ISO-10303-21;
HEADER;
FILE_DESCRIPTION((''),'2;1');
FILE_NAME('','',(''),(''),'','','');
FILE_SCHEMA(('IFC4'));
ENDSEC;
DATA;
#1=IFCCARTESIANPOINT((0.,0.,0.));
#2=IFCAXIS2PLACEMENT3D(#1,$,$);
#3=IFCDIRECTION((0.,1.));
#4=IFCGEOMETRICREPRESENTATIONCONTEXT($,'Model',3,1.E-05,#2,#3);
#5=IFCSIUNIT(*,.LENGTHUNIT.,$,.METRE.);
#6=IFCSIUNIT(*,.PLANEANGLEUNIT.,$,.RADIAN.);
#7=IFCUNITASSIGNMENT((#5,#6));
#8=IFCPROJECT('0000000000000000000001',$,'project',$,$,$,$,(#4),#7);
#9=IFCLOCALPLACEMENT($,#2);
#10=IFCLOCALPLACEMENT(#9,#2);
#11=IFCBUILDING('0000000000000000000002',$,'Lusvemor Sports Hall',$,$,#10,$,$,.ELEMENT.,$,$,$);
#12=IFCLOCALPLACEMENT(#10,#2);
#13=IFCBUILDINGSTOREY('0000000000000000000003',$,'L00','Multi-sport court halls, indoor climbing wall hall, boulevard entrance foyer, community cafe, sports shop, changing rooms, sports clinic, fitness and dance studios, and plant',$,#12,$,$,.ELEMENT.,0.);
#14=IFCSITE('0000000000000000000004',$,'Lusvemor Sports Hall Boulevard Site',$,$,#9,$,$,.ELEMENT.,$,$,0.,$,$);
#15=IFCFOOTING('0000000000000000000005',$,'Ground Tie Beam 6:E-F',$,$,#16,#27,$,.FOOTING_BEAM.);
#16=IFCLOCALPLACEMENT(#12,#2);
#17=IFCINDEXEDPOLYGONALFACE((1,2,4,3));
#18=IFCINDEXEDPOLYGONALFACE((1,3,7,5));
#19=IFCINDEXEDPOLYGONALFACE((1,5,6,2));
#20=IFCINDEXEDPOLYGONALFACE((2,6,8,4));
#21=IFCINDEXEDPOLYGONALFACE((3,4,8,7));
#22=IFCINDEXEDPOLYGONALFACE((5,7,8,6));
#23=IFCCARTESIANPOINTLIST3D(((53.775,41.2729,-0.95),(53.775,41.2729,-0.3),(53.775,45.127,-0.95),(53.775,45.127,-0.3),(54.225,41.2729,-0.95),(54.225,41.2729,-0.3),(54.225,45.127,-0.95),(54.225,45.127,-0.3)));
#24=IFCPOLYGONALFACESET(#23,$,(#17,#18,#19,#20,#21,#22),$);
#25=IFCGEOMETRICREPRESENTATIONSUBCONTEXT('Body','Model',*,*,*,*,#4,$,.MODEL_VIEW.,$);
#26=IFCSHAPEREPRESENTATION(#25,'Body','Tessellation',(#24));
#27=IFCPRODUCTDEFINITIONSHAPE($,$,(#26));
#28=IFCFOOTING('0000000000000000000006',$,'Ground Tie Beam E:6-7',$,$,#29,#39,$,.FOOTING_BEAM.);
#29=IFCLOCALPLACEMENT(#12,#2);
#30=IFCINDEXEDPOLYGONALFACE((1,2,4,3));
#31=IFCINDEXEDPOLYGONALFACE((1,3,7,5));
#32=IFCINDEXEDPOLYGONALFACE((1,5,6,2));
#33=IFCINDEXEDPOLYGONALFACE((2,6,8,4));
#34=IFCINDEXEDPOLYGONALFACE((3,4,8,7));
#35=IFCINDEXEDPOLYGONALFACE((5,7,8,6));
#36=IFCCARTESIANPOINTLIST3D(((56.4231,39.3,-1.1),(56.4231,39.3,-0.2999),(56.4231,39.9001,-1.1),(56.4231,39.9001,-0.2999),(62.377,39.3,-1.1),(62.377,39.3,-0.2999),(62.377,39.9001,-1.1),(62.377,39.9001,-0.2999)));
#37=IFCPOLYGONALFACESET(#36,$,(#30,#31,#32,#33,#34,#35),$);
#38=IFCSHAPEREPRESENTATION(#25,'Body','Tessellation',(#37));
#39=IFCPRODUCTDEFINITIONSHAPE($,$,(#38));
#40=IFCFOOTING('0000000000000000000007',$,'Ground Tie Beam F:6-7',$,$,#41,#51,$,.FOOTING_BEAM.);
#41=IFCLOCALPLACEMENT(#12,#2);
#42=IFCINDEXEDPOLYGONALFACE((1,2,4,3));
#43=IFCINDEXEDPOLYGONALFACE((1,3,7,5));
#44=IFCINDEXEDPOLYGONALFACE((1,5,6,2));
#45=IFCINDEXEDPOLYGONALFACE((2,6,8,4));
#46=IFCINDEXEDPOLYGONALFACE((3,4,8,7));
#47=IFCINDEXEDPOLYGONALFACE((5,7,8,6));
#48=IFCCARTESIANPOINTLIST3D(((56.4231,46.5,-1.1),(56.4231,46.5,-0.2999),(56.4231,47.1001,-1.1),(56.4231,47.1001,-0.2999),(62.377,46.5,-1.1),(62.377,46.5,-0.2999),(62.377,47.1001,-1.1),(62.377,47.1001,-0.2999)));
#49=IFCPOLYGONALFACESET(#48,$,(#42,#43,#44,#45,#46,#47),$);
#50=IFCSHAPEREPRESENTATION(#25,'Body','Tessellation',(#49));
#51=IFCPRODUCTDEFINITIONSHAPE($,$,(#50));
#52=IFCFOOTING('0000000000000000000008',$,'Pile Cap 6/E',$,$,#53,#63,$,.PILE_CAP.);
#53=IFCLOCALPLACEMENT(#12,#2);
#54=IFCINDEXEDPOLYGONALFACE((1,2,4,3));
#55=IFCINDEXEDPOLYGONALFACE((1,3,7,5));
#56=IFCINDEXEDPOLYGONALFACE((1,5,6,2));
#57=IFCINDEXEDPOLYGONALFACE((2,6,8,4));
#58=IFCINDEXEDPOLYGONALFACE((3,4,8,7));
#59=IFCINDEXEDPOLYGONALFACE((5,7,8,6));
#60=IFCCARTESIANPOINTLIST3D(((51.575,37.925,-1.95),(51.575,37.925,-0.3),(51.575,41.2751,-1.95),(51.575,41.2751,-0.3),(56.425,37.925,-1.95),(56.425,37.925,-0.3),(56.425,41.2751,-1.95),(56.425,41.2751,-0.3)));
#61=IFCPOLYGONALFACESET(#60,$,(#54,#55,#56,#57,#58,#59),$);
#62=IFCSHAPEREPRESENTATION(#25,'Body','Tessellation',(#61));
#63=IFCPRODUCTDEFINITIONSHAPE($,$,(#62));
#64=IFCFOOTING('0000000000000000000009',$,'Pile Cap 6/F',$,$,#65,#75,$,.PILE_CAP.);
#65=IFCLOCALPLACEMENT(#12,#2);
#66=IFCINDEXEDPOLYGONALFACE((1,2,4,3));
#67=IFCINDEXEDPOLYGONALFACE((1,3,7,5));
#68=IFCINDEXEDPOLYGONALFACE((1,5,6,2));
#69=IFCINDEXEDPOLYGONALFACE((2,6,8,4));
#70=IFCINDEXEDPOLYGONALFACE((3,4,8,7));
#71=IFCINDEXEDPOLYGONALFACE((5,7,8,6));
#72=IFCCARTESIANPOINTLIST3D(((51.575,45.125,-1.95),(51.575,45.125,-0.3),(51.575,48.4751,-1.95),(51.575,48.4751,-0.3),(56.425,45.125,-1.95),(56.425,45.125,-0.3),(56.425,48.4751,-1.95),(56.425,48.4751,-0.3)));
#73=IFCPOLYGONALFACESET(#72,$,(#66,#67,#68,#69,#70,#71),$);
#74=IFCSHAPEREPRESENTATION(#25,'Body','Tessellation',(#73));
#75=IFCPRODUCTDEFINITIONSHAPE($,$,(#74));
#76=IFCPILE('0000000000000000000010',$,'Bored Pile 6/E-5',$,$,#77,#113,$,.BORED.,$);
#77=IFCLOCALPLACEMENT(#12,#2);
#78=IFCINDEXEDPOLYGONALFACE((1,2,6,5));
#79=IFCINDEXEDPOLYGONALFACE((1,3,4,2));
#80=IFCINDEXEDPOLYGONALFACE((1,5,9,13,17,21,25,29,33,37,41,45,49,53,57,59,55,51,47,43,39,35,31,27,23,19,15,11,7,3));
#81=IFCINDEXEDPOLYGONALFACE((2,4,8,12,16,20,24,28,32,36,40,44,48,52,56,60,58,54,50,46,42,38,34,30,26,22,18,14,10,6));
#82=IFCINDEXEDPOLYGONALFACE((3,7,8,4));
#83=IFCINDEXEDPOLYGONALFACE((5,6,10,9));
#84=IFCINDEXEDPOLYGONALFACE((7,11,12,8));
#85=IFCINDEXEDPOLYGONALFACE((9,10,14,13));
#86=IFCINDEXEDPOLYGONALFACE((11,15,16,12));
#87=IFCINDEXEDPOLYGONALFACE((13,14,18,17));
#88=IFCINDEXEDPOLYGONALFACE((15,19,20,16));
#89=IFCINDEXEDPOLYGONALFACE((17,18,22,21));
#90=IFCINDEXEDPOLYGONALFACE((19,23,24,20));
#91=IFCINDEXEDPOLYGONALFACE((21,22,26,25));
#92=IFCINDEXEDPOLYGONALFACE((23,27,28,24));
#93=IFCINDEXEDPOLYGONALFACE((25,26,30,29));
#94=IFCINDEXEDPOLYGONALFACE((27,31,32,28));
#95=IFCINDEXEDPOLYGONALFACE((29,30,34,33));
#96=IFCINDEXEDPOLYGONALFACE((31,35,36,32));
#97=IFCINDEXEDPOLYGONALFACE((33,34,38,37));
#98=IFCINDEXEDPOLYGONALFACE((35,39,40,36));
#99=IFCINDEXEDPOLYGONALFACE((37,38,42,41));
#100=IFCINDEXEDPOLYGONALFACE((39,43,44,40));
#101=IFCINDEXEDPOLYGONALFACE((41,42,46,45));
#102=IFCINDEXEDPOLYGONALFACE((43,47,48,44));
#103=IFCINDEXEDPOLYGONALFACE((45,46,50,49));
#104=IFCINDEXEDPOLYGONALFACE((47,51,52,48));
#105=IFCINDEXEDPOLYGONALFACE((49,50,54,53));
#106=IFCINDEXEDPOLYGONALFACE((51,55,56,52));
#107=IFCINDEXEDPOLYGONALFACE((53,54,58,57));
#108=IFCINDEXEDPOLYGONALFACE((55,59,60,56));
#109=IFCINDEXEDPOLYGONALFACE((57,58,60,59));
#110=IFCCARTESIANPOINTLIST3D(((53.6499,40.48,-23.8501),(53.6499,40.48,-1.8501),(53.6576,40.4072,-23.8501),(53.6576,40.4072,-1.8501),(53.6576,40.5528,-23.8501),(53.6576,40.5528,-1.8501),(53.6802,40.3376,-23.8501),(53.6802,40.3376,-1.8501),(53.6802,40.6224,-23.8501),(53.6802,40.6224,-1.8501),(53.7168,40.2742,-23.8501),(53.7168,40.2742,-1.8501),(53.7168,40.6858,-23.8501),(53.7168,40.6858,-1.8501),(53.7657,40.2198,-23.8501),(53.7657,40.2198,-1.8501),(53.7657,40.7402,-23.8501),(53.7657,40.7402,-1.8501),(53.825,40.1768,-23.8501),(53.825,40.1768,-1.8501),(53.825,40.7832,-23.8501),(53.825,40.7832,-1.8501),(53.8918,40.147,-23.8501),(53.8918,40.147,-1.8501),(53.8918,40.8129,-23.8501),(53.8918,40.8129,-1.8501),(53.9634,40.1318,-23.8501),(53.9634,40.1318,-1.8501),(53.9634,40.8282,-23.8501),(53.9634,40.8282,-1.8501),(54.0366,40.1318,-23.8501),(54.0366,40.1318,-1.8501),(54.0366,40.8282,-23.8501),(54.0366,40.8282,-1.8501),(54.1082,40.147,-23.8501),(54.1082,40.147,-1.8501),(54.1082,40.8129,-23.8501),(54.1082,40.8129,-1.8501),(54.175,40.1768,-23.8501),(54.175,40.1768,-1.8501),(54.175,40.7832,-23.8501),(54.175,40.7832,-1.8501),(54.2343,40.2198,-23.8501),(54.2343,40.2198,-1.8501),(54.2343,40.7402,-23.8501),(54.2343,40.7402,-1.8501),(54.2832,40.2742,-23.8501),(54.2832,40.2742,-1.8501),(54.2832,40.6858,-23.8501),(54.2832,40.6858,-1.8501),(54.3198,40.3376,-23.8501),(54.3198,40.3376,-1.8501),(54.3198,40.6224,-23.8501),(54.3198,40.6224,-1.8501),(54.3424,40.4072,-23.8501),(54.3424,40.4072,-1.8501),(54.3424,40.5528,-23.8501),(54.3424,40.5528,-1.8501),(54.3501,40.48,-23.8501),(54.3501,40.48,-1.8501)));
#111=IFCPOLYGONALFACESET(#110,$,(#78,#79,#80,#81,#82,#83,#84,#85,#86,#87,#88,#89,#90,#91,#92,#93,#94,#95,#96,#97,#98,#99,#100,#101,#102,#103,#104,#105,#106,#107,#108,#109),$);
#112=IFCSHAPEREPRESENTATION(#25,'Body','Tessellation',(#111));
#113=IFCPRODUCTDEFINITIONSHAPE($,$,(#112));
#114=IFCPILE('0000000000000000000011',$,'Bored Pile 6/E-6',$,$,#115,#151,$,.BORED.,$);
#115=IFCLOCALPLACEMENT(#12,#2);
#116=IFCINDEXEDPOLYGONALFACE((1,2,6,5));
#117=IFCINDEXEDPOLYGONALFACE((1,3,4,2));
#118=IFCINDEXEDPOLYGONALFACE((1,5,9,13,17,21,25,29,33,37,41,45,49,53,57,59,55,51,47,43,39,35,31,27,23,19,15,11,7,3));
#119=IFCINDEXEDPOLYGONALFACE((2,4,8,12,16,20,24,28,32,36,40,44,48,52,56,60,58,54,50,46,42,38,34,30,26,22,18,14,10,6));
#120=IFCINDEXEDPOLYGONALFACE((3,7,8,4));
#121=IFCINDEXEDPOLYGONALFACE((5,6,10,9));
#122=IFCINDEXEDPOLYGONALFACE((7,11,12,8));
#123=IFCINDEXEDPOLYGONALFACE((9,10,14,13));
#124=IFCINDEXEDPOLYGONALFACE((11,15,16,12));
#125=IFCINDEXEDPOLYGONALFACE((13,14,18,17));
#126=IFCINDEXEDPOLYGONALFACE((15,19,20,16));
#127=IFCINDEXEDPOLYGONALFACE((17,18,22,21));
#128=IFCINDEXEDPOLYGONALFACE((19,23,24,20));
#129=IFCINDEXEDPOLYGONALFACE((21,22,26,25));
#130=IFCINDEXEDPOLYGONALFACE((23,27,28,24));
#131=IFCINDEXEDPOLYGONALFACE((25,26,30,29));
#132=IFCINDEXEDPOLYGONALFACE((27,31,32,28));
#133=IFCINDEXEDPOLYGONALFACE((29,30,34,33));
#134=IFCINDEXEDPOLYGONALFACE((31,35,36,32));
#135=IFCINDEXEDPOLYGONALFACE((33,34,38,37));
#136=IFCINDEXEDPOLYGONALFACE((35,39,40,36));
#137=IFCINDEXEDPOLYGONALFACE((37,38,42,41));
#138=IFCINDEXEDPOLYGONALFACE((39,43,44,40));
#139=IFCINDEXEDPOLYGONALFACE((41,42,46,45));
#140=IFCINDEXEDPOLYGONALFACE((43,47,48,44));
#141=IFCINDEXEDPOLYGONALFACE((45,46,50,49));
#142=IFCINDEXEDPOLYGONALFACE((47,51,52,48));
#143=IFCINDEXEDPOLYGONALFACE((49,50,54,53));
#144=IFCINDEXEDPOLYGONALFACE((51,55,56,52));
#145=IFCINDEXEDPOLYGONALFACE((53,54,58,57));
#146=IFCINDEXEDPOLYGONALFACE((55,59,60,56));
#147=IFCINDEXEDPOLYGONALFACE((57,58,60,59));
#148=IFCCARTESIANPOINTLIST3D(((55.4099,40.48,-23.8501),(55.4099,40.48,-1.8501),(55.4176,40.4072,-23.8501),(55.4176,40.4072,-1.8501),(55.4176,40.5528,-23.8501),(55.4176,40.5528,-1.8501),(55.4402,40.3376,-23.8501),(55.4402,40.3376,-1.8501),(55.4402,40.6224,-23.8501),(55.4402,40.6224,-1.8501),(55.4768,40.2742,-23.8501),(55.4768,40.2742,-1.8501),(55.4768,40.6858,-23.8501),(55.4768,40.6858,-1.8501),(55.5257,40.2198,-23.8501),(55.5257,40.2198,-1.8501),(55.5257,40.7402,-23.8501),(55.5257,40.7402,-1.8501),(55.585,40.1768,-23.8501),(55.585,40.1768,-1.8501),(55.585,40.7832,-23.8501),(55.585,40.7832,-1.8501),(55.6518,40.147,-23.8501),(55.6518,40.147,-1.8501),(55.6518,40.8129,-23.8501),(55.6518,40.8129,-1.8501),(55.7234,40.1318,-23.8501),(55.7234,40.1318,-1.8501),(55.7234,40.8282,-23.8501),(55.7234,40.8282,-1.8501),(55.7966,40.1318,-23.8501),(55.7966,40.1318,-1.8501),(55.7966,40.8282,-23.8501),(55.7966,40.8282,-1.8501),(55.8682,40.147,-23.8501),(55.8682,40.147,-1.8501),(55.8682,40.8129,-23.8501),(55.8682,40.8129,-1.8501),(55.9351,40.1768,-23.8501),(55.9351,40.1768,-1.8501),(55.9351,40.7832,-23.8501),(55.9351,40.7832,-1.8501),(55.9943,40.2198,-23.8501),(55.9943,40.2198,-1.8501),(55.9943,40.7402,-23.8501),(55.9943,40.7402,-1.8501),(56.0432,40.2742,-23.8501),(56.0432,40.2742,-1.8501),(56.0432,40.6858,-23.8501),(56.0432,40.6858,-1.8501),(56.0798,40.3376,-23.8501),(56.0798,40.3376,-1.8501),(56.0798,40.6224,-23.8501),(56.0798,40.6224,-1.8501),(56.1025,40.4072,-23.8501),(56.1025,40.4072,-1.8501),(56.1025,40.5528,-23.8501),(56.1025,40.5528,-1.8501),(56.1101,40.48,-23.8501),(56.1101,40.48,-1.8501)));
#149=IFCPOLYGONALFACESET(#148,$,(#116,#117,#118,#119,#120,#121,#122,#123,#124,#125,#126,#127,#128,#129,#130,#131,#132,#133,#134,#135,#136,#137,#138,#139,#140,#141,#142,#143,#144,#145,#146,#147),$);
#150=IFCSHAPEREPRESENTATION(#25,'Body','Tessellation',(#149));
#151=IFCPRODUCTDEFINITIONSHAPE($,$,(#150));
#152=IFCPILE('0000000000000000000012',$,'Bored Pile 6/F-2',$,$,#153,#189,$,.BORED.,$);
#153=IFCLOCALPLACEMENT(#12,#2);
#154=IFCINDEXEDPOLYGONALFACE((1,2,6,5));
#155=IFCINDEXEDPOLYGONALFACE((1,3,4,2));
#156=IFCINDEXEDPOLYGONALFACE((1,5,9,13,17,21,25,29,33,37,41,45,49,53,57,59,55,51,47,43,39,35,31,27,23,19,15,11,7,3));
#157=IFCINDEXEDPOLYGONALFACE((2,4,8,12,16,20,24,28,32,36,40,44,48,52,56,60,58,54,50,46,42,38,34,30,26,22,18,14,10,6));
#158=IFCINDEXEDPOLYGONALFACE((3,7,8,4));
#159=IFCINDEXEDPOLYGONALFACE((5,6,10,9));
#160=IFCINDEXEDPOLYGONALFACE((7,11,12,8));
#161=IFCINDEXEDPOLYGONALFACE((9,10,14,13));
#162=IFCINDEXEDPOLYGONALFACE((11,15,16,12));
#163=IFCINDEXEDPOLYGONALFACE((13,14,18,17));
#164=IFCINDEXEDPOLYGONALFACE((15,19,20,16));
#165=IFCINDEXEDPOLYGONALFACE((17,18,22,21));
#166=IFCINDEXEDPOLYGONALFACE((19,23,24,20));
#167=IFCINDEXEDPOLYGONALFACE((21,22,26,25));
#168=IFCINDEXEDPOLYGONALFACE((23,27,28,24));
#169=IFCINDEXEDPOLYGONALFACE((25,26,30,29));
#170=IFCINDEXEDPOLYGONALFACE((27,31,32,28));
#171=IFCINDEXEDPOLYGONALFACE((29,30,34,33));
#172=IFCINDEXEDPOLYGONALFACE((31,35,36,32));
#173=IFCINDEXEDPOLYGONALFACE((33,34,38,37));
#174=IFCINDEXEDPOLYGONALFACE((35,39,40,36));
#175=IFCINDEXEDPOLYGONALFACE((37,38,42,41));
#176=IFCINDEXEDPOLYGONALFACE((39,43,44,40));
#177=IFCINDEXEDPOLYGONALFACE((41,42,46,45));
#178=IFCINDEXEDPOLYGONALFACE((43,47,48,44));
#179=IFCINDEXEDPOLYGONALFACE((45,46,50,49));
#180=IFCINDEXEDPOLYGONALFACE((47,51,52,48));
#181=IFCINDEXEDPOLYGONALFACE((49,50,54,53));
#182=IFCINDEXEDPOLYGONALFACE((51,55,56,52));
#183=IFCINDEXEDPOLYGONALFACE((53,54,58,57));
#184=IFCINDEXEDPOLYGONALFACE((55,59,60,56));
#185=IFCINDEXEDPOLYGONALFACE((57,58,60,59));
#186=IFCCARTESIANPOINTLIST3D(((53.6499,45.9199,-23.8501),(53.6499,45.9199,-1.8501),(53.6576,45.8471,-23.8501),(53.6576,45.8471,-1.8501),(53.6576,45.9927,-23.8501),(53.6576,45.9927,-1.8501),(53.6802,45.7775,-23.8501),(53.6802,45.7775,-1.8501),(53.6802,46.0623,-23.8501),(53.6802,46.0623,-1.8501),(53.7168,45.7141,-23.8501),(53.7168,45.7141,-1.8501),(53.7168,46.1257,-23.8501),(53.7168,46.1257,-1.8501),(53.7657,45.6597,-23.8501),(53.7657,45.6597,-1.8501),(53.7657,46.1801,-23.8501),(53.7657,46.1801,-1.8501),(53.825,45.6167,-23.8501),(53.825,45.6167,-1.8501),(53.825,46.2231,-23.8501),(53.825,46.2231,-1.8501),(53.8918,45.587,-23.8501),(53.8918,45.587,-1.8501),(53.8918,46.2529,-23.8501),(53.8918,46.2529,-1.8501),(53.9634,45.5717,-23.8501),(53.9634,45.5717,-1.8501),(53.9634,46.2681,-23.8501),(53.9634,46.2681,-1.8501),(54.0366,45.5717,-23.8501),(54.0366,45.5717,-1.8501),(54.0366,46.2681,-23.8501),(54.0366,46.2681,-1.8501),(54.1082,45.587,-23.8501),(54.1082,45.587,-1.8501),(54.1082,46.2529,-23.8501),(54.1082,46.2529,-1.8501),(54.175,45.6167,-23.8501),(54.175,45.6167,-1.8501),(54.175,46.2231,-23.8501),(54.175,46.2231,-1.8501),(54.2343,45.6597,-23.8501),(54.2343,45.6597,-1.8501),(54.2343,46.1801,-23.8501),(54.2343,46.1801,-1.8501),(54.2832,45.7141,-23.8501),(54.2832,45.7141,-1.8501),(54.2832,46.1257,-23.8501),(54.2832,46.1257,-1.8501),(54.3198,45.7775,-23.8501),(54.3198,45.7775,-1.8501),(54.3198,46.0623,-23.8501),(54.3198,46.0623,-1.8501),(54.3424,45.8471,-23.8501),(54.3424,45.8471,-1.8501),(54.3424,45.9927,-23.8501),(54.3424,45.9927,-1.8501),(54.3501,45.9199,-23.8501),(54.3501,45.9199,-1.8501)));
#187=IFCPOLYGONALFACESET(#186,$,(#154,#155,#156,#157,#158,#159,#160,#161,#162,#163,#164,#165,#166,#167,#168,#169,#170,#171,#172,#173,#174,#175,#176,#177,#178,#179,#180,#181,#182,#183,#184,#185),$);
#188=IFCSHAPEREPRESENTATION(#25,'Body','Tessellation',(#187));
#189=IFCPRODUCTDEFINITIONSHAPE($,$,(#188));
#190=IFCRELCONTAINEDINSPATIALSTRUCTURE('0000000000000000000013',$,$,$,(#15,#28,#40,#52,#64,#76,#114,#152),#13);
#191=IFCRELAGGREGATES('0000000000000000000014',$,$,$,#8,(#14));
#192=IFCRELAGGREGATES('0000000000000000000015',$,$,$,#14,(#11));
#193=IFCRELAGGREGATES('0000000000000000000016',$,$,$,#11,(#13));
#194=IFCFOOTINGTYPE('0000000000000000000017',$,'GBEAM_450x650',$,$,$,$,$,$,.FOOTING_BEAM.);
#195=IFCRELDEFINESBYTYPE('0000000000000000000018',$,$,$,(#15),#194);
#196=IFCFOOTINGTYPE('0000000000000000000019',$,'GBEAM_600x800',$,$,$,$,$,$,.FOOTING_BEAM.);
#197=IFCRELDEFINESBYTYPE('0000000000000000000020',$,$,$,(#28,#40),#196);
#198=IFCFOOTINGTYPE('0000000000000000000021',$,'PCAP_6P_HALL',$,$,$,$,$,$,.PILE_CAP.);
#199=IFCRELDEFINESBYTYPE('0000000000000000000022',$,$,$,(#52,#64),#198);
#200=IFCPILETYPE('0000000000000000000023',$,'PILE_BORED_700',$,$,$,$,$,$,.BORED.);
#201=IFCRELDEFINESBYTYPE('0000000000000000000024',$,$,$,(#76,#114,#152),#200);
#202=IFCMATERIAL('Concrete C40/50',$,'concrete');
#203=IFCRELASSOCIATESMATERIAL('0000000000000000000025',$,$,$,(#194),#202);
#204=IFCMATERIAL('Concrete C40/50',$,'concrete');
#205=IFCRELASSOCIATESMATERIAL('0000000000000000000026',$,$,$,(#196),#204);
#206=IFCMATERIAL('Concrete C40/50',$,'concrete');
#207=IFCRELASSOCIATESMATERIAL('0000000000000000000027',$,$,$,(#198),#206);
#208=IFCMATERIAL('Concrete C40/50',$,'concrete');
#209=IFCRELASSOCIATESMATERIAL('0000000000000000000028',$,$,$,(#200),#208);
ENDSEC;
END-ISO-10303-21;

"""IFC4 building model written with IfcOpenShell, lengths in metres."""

from ifc_helpers import new_model, si_unit, direction, frame, origin, origin_2d, place, context, subcontext, project, spatial, rectangle, circle, extrude, material, material_profile, profile_set, type_object, element, save


model = new_model("IFC4")

# Units and contexts
model_context = context("Model", 3, precision=1e-05, world=origin(), true_north=direction((0.0, 1.0)))
body_context = subcontext(model_context, "Body", "Model", "MODEL_VIEW")
ifc_project = project(units=[si_unit("LENGTHUNIT", "METRE"), si_unit("PLANEANGLEUNIT", "RADIAN")], contexts=[model_context])

# Site, building, storey
site_placement = place(None, origin())
site = spatial("IfcSite", under=ifc_project, at=site_placement, Name="Lusvemor Sports Hall Boulevard Site", CompositionType="ELEMENT", RefElevation=0.0)
building_placement = place(site_placement, origin())
building = spatial("IfcBuilding", under=site, at=building_placement, Name="Lusvemor Sports Hall", CompositionType="ELEMENT")
storey_placement = place(building_placement, origin())
storey = spatial("IfcBuildingStorey", under=building, at=storey_placement, Name="L00", Description="Multi-sport court halls, indoor climbing wall hall, boulevard entrance foyer, community cafe, sports shop, changing rooms, sports clinic, fitness and dance studios, and plant", CompositionType="ELEMENT", Elevation=0.0)

# Footings
ifc_material_1 = material(Name="Concrete C40/50", Category="concrete")
ifc_material_profile_1 = material_profile(ifc_material_1, rectangle(XDim=0.45, YDim=0.6499, at=origin_2d()), Name="GB_450x650")
ifc_profile_set_1 = profile_set([ifc_material_profile_1], Name="Concrete C40/50")
footing_type_1 = type_object("IfcFootingType", Name="GBEAM_450x650", PredefinedType="FOOTING_BEAM", material=ifc_profile_set_1)
footing_placement = place(storey_placement, frame((54.0, 41.2729, -0.625), z_axis=(0.0, 1.0, 0.0), x_axis=(-1.0, 0.0, 0.0)))
element("IfcFooting", 1, at=footing_placement, inside=storey, type_object=footing_type_1, Name="Ground Tie Beam 6:E-F", PredefinedType="FOOTING_BEAM", context=body_context, shape_type="SweptSolid", body=[
    extrude(rectangle(XDim=0.45, YDim=0.6499, at=origin_2d()), origin(), (0.0, 0.0, 1.0), 3.854),
])
ifc_material_2 = material(Name="Concrete C40/50", Category="concrete")
ifc_material_profile_2 = material_profile(ifc_material_2, rectangle(XDim=0.6001, YDim=0.8, at=origin_2d()), Name="GB_600x800")
ifc_profile_set_2 = profile_set([ifc_material_profile_2], Name="Concrete C40/50")
footing_type_2 = type_object("IfcFootingType", Name="GBEAM_600x800", PredefinedType="FOOTING_BEAM", material=ifc_profile_set_2)
for number, where, z_axis, x_axis, name in (
    (2, (56.4231, 39.6001, -0.7), (1.0, 0.0, 0.0), (0.0, 1.0, 0.0), "Ground Tie Beam E:6-7"),
    (3, (56.4231, 46.8, -0.7), (1.0, 0.0, 0.0), (0.0, 1.0, 0.0), "Ground Tie Beam F:6-7"),
):
    element("IfcFooting", number, at=place(storey_placement, frame(where, z_axis=z_axis, x_axis=x_axis)), inside=storey, type_object=footing_type_2, Name=name, PredefinedType="FOOTING_BEAM", context=body_context, shape_type="SweptSolid", body=[
        extrude(rectangle(XDim=0.6001, YDim=0.8, at=origin_2d()), origin(), (0.0, 0.0, 1.0), 5.9539),
    ])
ifc_material_3 = material(Name="Concrete C40/50", Category="concrete")
footing_type_3 = type_object("IfcFootingType", Name="PCAP_6P_HALL", PredefinedType="PILE_CAP", material=ifc_material_3)
for number, where, z_axis, x_axis, name in (
    (4, (54.0, 39.6001, -1.95), (0.0, 0.0, 1.0), (1.0, 0.0, 0.0), "Pile Cap 6/E"),
    (5, (54.0, 46.8, -1.95), (0.0, 0.0, 1.0), (1.0, 0.0, 0.0), "Pile Cap 6/F"),
):
    element("IfcFooting", number, at=place(storey_placement, frame(where, z_axis=z_axis, x_axis=x_axis)), inside=storey, type_object=footing_type_3, Name=name, PredefinedType="PILE_CAP", context=body_context, shape_type="SweptSolid", body=[
        extrude(rectangle(XDim=4.8501, YDim=3.3501, at=origin_2d()), origin(), (0.0, 0.0, 1.0), 1.6499),
    ])

# Piles
ifc_material_4 = material(Name="Concrete C40/50", Category="concrete")
ifc_material_profile_3 = material_profile(ifc_material_4, circle(Radius=0.3501, at=origin_2d()), Name="PILE700")
ifc_profile_set_3 = profile_set([ifc_material_profile_3], Name="Concrete C40/50")
pile_type = type_object("IfcPileType", Name="PILE_BORED_700", PredefinedType="BORED", material=ifc_profile_set_3)
for number, where, z_axis, x_axis, name in (
    (6, (54.0, 40.48, -1.8501), (0.0, 0.0, -1.0), (1.0, 0.0, 0.0), "Bored Pile 6/E-5"),
    (7, (55.76, 40.48, -1.8501), (0.0, 0.0, -1.0), (1.0, 0.0, 0.0), "Bored Pile 6/E-6"),
    (8, (54.0, 45.9199, -1.8501), (0.0, 0.0, -1.0), (1.0, 0.0, 0.0), "Bored Pile 6/F-2"),
):
    element("IfcPile", number, at=place(storey_placement, frame(where, z_axis=z_axis, x_axis=x_axis)), inside=storey, type_object=pile_type, Name=name, PredefinedType="BORED", context=body_context, shape_type="SweptSolid", body=[
        extrude(circle(Radius=0.3501, at=origin_2d()), origin(), (0.0, 0.0, 1.0), 22.0),
    ])

save(model, "model.ifc")
